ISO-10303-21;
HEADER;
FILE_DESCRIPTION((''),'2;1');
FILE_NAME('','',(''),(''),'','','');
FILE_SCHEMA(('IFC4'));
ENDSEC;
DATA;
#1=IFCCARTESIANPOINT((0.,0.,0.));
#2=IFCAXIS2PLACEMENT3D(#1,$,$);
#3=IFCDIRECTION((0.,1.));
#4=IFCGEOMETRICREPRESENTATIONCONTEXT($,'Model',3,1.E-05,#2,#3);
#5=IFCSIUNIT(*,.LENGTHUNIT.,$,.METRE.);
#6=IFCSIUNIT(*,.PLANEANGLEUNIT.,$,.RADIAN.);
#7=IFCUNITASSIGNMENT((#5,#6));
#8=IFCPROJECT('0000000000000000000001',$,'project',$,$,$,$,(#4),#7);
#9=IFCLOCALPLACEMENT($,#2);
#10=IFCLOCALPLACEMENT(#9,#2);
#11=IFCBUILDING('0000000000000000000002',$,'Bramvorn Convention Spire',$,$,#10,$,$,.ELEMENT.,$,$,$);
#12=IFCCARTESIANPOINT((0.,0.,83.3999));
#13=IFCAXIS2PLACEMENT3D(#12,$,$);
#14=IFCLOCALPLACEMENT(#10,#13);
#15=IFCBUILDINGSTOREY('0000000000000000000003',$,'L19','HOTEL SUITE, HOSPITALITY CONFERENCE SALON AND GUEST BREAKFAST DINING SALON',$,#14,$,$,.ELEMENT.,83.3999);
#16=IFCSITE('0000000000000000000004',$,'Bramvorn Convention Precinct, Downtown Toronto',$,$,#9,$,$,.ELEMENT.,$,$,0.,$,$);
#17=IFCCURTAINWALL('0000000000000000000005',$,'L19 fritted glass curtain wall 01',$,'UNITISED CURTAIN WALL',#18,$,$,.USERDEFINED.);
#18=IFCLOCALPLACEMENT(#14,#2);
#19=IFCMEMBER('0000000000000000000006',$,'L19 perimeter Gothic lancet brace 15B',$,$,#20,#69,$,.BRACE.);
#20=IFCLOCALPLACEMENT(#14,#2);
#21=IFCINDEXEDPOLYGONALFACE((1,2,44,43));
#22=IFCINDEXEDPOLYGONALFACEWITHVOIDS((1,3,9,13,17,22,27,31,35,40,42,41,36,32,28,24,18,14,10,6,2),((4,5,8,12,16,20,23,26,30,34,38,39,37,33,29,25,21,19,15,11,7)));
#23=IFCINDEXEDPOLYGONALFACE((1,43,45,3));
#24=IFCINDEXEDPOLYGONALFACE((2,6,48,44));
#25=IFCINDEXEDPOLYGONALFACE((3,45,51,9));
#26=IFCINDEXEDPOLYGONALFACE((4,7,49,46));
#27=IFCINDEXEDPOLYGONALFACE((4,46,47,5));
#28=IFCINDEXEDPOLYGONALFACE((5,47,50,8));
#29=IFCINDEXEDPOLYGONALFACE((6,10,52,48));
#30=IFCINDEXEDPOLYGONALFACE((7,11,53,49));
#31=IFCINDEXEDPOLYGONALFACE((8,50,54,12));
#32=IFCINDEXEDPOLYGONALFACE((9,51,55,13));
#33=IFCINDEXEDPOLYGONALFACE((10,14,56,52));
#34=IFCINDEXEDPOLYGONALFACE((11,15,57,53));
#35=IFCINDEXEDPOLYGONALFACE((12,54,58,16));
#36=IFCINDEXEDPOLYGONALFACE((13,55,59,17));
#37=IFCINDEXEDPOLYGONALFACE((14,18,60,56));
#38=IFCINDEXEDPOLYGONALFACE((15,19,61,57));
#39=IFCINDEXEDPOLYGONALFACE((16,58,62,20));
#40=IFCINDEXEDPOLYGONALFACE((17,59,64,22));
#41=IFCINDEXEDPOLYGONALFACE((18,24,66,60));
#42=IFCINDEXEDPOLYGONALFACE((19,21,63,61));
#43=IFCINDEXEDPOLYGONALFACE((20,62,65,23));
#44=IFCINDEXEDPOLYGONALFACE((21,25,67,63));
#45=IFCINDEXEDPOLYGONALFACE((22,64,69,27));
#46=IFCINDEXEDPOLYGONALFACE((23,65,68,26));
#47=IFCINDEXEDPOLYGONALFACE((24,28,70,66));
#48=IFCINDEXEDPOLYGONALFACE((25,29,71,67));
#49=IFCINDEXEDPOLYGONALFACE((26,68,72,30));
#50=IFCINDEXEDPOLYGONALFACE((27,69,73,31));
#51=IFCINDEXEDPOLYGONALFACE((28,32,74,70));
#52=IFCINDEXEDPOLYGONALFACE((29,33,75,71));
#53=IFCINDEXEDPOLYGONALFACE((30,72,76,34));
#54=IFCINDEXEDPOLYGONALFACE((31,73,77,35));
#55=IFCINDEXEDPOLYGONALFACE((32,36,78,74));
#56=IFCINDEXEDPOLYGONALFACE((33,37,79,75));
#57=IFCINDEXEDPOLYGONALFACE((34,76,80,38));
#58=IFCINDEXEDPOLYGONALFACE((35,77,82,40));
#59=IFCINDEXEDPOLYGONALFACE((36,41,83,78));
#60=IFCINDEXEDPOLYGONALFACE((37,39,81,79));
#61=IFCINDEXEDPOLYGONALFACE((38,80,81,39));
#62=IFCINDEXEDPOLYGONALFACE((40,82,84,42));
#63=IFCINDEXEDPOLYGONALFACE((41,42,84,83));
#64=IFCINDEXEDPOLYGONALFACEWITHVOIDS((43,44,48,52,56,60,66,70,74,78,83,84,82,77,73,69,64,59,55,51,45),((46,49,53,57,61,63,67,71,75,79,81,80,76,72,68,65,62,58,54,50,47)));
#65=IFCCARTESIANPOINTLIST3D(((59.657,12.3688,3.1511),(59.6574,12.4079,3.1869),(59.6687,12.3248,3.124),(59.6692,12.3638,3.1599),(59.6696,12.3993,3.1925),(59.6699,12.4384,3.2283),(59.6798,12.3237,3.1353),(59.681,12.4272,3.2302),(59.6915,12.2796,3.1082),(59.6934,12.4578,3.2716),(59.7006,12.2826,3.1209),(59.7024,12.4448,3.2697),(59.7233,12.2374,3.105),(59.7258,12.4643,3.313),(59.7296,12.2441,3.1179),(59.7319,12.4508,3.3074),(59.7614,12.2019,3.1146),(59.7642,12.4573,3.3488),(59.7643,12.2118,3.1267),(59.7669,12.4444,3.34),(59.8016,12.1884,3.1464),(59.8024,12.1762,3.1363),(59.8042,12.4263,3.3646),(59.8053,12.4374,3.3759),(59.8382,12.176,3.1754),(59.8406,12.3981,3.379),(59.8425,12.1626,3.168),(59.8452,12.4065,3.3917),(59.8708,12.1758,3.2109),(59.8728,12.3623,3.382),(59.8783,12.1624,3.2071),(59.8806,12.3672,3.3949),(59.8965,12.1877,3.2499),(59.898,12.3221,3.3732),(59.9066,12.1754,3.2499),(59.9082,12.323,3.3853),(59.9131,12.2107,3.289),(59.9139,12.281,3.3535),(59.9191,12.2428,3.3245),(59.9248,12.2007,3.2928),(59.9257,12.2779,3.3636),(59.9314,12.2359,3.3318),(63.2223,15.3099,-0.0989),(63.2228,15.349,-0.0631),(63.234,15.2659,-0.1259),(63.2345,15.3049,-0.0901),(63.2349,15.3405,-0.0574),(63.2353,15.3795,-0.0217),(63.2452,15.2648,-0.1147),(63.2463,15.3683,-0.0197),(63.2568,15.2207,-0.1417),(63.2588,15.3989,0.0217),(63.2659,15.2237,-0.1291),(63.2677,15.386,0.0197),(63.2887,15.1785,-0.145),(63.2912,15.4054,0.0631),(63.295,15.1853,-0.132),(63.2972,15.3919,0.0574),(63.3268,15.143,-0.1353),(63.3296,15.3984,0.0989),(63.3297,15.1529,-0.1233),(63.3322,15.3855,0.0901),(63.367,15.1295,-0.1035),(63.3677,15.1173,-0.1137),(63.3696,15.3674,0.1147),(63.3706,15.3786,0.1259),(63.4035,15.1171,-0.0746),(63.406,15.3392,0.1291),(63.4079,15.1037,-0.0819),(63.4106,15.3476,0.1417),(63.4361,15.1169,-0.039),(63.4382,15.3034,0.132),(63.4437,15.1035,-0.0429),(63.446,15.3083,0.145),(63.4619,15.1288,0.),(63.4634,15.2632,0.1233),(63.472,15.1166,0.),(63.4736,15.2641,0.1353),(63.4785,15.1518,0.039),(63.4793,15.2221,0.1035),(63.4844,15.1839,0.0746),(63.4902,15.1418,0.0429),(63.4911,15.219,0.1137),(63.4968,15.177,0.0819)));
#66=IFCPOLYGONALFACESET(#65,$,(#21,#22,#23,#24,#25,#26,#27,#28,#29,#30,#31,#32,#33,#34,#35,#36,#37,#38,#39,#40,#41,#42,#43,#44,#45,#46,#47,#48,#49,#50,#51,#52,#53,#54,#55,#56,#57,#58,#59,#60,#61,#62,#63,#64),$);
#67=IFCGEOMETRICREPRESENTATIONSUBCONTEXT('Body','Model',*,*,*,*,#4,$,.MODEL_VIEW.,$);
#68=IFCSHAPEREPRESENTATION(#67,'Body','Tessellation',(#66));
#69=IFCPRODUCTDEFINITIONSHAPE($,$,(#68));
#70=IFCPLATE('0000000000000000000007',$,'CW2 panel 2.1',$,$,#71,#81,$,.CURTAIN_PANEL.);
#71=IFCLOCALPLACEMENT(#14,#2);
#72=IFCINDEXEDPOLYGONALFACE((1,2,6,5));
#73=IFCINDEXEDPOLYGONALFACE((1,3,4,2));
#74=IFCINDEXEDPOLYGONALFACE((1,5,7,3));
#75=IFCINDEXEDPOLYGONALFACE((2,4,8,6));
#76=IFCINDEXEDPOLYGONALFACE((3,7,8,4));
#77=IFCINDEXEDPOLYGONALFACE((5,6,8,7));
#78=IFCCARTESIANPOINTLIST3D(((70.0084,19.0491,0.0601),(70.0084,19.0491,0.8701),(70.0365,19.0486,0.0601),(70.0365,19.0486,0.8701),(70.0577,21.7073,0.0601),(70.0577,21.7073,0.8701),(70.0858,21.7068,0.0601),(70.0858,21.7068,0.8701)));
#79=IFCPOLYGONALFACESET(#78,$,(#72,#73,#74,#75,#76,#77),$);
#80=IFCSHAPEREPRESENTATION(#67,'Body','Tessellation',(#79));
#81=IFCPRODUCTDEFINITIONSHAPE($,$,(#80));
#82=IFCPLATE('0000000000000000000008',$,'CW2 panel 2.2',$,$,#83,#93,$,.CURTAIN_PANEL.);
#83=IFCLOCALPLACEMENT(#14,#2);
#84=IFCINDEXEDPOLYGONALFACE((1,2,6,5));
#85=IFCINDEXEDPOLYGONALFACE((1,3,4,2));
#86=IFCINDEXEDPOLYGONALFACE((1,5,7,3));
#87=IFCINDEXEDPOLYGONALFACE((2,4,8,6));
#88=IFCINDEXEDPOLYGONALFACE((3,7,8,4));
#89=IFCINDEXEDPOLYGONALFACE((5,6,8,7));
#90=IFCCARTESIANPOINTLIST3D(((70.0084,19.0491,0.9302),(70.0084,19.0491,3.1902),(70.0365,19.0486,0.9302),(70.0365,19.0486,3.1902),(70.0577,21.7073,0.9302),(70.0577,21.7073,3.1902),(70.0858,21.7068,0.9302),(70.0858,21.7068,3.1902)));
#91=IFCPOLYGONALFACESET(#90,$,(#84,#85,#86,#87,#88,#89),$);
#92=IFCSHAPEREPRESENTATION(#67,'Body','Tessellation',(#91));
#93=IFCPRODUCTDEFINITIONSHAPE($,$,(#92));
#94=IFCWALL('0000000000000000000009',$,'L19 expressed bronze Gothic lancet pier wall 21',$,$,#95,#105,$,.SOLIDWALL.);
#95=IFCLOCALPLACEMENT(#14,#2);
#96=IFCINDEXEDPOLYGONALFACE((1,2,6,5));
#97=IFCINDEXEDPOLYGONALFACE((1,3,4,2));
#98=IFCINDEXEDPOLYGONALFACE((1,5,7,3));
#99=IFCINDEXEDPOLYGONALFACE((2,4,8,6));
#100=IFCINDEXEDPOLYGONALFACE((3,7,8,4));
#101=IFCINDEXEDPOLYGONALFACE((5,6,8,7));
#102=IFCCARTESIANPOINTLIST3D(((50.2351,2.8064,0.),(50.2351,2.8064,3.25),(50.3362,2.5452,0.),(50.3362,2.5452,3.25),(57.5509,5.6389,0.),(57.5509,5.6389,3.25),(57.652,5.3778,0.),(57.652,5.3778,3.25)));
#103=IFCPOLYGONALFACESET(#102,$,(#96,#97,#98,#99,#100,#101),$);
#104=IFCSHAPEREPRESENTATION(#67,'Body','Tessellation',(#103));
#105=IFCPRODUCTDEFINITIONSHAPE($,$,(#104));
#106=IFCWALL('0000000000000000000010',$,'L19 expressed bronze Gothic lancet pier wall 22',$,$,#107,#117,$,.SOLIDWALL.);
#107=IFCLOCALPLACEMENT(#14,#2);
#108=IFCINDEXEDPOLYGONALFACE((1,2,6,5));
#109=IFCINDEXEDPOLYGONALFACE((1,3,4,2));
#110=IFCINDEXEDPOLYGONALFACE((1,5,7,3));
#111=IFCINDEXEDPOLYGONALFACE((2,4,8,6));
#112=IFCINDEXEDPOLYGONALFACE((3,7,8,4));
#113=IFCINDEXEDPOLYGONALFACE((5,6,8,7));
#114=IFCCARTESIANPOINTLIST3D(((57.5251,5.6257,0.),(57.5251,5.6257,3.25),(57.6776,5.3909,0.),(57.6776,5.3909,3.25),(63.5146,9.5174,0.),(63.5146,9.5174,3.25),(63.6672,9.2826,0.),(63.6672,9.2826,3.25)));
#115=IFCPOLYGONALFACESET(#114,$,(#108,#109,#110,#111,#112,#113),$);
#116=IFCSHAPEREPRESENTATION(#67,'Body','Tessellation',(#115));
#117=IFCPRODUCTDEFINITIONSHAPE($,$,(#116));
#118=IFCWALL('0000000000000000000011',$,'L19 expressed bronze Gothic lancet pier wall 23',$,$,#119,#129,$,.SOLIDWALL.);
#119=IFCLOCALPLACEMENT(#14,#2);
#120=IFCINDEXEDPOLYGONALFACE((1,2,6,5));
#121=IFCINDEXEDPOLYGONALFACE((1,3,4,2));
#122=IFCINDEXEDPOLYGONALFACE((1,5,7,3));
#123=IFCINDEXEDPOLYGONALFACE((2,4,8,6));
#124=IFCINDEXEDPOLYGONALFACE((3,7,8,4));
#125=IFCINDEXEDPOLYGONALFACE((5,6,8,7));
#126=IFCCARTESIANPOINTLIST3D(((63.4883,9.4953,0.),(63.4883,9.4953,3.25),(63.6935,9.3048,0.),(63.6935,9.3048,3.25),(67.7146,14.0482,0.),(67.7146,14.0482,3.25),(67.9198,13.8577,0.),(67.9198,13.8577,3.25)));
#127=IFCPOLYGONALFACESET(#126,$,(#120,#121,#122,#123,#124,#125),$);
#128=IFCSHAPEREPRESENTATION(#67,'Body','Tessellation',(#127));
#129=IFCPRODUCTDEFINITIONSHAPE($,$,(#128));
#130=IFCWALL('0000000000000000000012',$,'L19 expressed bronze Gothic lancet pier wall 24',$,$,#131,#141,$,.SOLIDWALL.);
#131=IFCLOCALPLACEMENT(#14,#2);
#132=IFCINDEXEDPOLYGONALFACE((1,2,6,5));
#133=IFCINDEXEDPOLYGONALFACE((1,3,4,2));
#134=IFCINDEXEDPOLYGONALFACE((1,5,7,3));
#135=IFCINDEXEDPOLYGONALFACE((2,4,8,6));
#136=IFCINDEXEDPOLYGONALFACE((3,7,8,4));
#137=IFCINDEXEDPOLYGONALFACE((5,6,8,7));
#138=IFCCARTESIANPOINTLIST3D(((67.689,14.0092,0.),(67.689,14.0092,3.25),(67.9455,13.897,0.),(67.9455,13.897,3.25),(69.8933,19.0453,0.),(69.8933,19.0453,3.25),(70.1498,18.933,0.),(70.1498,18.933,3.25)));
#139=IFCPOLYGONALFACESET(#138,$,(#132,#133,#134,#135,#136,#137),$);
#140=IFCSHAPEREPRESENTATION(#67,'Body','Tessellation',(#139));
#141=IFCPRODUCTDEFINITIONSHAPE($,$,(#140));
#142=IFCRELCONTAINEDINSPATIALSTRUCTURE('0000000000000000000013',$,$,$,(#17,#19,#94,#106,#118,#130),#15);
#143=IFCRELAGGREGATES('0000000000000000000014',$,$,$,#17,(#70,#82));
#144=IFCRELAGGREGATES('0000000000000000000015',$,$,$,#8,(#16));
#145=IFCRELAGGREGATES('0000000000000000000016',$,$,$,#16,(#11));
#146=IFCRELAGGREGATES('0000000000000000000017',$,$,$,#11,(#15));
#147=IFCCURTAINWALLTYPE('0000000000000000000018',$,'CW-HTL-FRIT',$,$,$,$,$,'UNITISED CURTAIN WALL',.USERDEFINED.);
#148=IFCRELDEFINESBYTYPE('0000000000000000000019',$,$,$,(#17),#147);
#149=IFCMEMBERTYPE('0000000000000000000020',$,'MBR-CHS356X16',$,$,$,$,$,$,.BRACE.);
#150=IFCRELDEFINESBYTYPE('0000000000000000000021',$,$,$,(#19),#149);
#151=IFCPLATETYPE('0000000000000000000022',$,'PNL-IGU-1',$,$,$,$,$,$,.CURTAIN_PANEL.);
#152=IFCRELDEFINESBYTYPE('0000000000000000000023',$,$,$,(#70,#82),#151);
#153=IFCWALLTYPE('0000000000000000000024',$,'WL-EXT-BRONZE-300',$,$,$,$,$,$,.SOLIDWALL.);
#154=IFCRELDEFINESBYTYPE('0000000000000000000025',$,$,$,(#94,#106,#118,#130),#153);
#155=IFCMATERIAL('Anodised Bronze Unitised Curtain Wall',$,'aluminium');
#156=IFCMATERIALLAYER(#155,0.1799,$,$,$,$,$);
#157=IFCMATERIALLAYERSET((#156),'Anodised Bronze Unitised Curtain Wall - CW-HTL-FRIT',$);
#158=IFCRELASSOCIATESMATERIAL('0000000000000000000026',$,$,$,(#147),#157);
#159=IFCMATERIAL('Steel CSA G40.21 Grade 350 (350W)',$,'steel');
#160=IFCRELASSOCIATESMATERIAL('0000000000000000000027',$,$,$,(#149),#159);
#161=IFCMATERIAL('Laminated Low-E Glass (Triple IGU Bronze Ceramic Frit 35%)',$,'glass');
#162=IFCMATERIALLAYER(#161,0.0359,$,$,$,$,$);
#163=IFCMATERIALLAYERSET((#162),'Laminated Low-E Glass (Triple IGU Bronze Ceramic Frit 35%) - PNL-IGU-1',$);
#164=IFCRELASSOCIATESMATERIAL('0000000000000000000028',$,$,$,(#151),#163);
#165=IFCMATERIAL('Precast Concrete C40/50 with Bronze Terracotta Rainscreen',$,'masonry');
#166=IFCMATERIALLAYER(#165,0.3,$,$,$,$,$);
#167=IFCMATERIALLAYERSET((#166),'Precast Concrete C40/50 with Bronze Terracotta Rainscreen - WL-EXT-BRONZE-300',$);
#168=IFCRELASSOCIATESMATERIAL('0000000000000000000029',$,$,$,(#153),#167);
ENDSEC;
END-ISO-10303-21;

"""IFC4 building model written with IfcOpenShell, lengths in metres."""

from ifc_helpers import new_model, si_unit, direction, frame, frame_2d, origin, origin_2d, place, context, subcontext, project, spatial, rectangle, hollow_circle, extrude, material, layer, layer_set, material_profile, profile_set, type_object, element, aggregate, save


model = new_model("IFC4")

# Units and contexts
model_context = context("Model", 3, precision=1e-05, world=origin(), true_north=direction((0.0, 1.0)))
body_context = subcontext(model_context, "Body", "Model", "MODEL_VIEW")
ifc_project = project(units=[si_unit("LENGTHUNIT", "METRE"), si_unit("PLANEANGLEUNIT", "RADIAN")], contexts=[model_context])

# Site, building, storey
site_placement = place(None, origin())
site = spatial("IfcSite", under=ifc_project, at=site_placement, Name="Bramvorn Convention Precinct, Downtown Toronto", CompositionType="ELEMENT", RefElevation=0.0)
building_placement = place(site_placement, origin())
building = spatial("IfcBuilding", under=site, at=building_placement, Name="Bramvorn Convention Spire", CompositionType="ELEMENT")
storey_placement = place(building_placement, frame((0.0, 0.0, 83.3999)))
storey = spatial("IfcBuildingStorey", under=building, at=storey_placement, Name="L19", Description="HOTEL SUITE, HOSPITALITY CONFERENCE SALON AND GUEST BREAKFAST DINING SALON", CompositionType="ELEMENT", Elevation=83.3999)

# Shared definitions
ifc_material_1 = material(Name="Steel CSA G40.21 Grade 350 (350W)", Category="steel")

# Curtain wall
ifc_material_2 = material(Name="Anodised Bronze Unitised Curtain Wall", Category="aluminium")
ifc_layer_1 = layer(ifc_material_2, 0.1799)
ifc_layer_set_1 = layer_set([ifc_layer_1], Name="Anodised Bronze Unitised Curtain Wall - CW-HTL-FRIT")
curtain_wall_type = type_object("IfcCurtainWallType", Name="CW-HTL-FRIT", ElementType="UNITISED CURTAIN WALL", PredefinedType="USERDEFINED", material=ifc_layer_set_1)
curtain_wall_placement = place(storey_placement, origin())
curtain_wall = element("IfcCurtainWall", 1, at=curtain_wall_placement, inside=storey, type_object=curtain_wall_type, Name="L19 fritted glass curtain wall 01", ObjectType="UNITISED CURTAIN WALL", PredefinedType="USERDEFINED")

# Member
ifc_material_profile_1 = material_profile(ifc_material_1, hollow_circle(Radius=0.1777, WallThickness=0.0159, at=origin_2d()))
ifc_profile_set_1 = profile_set([ifc_material_profile_1], Name="Steel CSA G40.21 Grade 350 (350W) - CHS356X16")
member_type_1 = type_object("IfcMemberType", Name="MBR-CHS356X16", PredefinedType="BRACE", material=ifc_profile_set_1)
member_1_placement = place(storey_placement, frame((63.3589, 15.2537, 0.0), z_axis=(-0.631023, -0.520537, 0.575197), x_axis=(0.636342, -0.771407, 0.0)))
element("IfcMember", 2, at=member_1_placement, inside=storey, type_object=member_type_1, Name="L19 perimeter Gothic lancet brace 15B", PredefinedType="BRACE", context=body_context, shape_type="SweptSolid", body=[
    extrude(hollow_circle(Radius=0.1777, WallThickness=0.0159, at=origin_2d()), origin(), (0.0, 0.0, 1.0), 5.6501),
])

# Plates
ifc_material_3 = material(Name="Laminated Low-E Glass (Triple IGU Bronze Ceramic Frit 35%)", Category="glass")
ifc_layer_2 = layer(ifc_material_3, 0.0359)
ifc_layer_set_2 = layer_set([ifc_layer_2], Name="Laminated Low-E Glass (Triple IGU Bronze Ceramic Frit 35%) - PNL-IGU-1")
plate_type = type_object("IfcPlateType", Name="PNL-IGU-1", PredefinedType="CURTAIN_PANEL", material=ifc_layer_set_2)
plate_1_placement = place(storey_placement, frame((70.0471, 20.3779, 0.0601), z_axis=(0.0, 0.0, 1.0), x_axis=(-0.018536, -0.999828, 0.0)))
plate_1 = element("IfcPlate", 3, at=plate_1_placement, type_object=plate_type, Name="CW2 panel 2.1", PredefinedType="CURTAIN_PANEL", context=body_context, shape_type="SweptSolid", body=[
    extrude(rectangle(XDim=2.6587, YDim=0.0281, at=origin_2d()), origin(), (0.0, 0.0, 1.0), 0.8101),
])
plate_2_placement = place(storey_placement, frame((70.0471, 20.3779, 0.9302), z_axis=(0.0, 0.0, 1.0), x_axis=(-0.018536, -0.999828, 0.0)))
plate_2 = element("IfcPlate", 4, at=plate_2_placement, type_object=plate_type, Name="CW2 panel 2.2", PredefinedType="CURTAIN_PANEL", context=body_context, shape_type="SweptSolid", body=[
    extrude(rectangle(XDim=2.6587, YDim=0.0281, at=origin_2d()), origin(), (0.0, 0.0, 1.0), 2.26),
])
aggregate(curtain_wall, [plate_1, plate_2])

# Walls
ifc_material_4 = material(Name="Precast Concrete C40/50 with Bronze Terracotta Rainscreen", Category="masonry")
ifc_layer_3 = layer(ifc_material_4, 0.3)
ifc_layer_set_3 = layer_set([ifc_layer_3], Name="Precast Concrete C40/50 with Bronze Terracotta Rainscreen - WL-EXT-BRONZE-300")
wall_type = type_object("IfcWallType", Name="WL-EXT-BRONZE-300", PredefinedType="SOLIDWALL", material=ifc_layer_set_3)
wall_1_placement = place(storey_placement, frame((57.6013, 5.5083, 0.0), z_axis=(0.0, 0.0, 1.0), x_axis=(-0.93254, -0.361066, 0.0)))
element("IfcWall", 5, at=wall_1_placement, inside=storey, type_object=wall_type, Name="L19 expressed bronze Gothic lancet pier wall 21", PredefinedType="SOLIDWALL", context=body_context, shape_type="SweptSolid", body=[
    extrude(rectangle(XDim=7.845, YDim=0.28, at=frame_2d((3.9224, 0.0))), origin(), (0.0, 0.0, 1.0), 3.25),
])
wall_2_placement = place(storey_placement, frame((63.5908, 9.3999, 0.0), z_axis=(0.0, 0.0, 1.0), x_axis=(-0.838544, -0.544833, 0.0)))
element("IfcWall", 6, at=wall_2_placement, inside=storey, type_object=wall_type, Name="L19 expressed bronze Gothic lancet pier wall 22", PredefinedType="SOLIDWALL", context=body_context, shape_type="SweptSolid", body=[
    extrude(rectangle(XDim=7.1428, YDim=0.28, at=frame_2d((3.5713, 0.0))), origin(), (0.0, 0.0, 1.0), 3.25),
])
wall_3_placement = place(storey_placement, frame((67.8171, 13.9529, 0.0), z_axis=(0.0, 0.0, 1.0), x_axis=(-0.680326, -0.73291, 0.0)))
element("IfcWall", 7, at=wall_3_placement, inside=storey, type_object=wall_type, Name="L19 expressed bronze Gothic lancet pier wall 23", PredefinedType="SOLIDWALL", context=body_context, shape_type="SweptSolid", body=[
    extrude(rectangle(XDim=6.2122, YDim=0.28, at=frame_2d((3.106, 0.0))), origin(), (0.0, 0.0, 1.0), 3.25),
])
wall_4_placement = place(storey_placement, frame((70.0215, 18.989, 0.0), z_axis=(0.0, 0.0, 1.0), x_axis=(-0.400977, -0.916088, 0.0)))
element("IfcWall", 8, at=wall_4_placement, inside=storey, type_object=wall_type, Name="L19 expressed bronze Gothic lancet pier wall 24", PredefinedType="SOLIDWALL", context=body_context, shape_type="SweptSolid", body=[
    extrude(rectangle(XDim=5.4973, YDim=0.28, at=frame_2d((2.7485, 0.0))), origin(), (0.0, 0.0, 1.0), 3.25),
])

save(model, "model.ifc")
